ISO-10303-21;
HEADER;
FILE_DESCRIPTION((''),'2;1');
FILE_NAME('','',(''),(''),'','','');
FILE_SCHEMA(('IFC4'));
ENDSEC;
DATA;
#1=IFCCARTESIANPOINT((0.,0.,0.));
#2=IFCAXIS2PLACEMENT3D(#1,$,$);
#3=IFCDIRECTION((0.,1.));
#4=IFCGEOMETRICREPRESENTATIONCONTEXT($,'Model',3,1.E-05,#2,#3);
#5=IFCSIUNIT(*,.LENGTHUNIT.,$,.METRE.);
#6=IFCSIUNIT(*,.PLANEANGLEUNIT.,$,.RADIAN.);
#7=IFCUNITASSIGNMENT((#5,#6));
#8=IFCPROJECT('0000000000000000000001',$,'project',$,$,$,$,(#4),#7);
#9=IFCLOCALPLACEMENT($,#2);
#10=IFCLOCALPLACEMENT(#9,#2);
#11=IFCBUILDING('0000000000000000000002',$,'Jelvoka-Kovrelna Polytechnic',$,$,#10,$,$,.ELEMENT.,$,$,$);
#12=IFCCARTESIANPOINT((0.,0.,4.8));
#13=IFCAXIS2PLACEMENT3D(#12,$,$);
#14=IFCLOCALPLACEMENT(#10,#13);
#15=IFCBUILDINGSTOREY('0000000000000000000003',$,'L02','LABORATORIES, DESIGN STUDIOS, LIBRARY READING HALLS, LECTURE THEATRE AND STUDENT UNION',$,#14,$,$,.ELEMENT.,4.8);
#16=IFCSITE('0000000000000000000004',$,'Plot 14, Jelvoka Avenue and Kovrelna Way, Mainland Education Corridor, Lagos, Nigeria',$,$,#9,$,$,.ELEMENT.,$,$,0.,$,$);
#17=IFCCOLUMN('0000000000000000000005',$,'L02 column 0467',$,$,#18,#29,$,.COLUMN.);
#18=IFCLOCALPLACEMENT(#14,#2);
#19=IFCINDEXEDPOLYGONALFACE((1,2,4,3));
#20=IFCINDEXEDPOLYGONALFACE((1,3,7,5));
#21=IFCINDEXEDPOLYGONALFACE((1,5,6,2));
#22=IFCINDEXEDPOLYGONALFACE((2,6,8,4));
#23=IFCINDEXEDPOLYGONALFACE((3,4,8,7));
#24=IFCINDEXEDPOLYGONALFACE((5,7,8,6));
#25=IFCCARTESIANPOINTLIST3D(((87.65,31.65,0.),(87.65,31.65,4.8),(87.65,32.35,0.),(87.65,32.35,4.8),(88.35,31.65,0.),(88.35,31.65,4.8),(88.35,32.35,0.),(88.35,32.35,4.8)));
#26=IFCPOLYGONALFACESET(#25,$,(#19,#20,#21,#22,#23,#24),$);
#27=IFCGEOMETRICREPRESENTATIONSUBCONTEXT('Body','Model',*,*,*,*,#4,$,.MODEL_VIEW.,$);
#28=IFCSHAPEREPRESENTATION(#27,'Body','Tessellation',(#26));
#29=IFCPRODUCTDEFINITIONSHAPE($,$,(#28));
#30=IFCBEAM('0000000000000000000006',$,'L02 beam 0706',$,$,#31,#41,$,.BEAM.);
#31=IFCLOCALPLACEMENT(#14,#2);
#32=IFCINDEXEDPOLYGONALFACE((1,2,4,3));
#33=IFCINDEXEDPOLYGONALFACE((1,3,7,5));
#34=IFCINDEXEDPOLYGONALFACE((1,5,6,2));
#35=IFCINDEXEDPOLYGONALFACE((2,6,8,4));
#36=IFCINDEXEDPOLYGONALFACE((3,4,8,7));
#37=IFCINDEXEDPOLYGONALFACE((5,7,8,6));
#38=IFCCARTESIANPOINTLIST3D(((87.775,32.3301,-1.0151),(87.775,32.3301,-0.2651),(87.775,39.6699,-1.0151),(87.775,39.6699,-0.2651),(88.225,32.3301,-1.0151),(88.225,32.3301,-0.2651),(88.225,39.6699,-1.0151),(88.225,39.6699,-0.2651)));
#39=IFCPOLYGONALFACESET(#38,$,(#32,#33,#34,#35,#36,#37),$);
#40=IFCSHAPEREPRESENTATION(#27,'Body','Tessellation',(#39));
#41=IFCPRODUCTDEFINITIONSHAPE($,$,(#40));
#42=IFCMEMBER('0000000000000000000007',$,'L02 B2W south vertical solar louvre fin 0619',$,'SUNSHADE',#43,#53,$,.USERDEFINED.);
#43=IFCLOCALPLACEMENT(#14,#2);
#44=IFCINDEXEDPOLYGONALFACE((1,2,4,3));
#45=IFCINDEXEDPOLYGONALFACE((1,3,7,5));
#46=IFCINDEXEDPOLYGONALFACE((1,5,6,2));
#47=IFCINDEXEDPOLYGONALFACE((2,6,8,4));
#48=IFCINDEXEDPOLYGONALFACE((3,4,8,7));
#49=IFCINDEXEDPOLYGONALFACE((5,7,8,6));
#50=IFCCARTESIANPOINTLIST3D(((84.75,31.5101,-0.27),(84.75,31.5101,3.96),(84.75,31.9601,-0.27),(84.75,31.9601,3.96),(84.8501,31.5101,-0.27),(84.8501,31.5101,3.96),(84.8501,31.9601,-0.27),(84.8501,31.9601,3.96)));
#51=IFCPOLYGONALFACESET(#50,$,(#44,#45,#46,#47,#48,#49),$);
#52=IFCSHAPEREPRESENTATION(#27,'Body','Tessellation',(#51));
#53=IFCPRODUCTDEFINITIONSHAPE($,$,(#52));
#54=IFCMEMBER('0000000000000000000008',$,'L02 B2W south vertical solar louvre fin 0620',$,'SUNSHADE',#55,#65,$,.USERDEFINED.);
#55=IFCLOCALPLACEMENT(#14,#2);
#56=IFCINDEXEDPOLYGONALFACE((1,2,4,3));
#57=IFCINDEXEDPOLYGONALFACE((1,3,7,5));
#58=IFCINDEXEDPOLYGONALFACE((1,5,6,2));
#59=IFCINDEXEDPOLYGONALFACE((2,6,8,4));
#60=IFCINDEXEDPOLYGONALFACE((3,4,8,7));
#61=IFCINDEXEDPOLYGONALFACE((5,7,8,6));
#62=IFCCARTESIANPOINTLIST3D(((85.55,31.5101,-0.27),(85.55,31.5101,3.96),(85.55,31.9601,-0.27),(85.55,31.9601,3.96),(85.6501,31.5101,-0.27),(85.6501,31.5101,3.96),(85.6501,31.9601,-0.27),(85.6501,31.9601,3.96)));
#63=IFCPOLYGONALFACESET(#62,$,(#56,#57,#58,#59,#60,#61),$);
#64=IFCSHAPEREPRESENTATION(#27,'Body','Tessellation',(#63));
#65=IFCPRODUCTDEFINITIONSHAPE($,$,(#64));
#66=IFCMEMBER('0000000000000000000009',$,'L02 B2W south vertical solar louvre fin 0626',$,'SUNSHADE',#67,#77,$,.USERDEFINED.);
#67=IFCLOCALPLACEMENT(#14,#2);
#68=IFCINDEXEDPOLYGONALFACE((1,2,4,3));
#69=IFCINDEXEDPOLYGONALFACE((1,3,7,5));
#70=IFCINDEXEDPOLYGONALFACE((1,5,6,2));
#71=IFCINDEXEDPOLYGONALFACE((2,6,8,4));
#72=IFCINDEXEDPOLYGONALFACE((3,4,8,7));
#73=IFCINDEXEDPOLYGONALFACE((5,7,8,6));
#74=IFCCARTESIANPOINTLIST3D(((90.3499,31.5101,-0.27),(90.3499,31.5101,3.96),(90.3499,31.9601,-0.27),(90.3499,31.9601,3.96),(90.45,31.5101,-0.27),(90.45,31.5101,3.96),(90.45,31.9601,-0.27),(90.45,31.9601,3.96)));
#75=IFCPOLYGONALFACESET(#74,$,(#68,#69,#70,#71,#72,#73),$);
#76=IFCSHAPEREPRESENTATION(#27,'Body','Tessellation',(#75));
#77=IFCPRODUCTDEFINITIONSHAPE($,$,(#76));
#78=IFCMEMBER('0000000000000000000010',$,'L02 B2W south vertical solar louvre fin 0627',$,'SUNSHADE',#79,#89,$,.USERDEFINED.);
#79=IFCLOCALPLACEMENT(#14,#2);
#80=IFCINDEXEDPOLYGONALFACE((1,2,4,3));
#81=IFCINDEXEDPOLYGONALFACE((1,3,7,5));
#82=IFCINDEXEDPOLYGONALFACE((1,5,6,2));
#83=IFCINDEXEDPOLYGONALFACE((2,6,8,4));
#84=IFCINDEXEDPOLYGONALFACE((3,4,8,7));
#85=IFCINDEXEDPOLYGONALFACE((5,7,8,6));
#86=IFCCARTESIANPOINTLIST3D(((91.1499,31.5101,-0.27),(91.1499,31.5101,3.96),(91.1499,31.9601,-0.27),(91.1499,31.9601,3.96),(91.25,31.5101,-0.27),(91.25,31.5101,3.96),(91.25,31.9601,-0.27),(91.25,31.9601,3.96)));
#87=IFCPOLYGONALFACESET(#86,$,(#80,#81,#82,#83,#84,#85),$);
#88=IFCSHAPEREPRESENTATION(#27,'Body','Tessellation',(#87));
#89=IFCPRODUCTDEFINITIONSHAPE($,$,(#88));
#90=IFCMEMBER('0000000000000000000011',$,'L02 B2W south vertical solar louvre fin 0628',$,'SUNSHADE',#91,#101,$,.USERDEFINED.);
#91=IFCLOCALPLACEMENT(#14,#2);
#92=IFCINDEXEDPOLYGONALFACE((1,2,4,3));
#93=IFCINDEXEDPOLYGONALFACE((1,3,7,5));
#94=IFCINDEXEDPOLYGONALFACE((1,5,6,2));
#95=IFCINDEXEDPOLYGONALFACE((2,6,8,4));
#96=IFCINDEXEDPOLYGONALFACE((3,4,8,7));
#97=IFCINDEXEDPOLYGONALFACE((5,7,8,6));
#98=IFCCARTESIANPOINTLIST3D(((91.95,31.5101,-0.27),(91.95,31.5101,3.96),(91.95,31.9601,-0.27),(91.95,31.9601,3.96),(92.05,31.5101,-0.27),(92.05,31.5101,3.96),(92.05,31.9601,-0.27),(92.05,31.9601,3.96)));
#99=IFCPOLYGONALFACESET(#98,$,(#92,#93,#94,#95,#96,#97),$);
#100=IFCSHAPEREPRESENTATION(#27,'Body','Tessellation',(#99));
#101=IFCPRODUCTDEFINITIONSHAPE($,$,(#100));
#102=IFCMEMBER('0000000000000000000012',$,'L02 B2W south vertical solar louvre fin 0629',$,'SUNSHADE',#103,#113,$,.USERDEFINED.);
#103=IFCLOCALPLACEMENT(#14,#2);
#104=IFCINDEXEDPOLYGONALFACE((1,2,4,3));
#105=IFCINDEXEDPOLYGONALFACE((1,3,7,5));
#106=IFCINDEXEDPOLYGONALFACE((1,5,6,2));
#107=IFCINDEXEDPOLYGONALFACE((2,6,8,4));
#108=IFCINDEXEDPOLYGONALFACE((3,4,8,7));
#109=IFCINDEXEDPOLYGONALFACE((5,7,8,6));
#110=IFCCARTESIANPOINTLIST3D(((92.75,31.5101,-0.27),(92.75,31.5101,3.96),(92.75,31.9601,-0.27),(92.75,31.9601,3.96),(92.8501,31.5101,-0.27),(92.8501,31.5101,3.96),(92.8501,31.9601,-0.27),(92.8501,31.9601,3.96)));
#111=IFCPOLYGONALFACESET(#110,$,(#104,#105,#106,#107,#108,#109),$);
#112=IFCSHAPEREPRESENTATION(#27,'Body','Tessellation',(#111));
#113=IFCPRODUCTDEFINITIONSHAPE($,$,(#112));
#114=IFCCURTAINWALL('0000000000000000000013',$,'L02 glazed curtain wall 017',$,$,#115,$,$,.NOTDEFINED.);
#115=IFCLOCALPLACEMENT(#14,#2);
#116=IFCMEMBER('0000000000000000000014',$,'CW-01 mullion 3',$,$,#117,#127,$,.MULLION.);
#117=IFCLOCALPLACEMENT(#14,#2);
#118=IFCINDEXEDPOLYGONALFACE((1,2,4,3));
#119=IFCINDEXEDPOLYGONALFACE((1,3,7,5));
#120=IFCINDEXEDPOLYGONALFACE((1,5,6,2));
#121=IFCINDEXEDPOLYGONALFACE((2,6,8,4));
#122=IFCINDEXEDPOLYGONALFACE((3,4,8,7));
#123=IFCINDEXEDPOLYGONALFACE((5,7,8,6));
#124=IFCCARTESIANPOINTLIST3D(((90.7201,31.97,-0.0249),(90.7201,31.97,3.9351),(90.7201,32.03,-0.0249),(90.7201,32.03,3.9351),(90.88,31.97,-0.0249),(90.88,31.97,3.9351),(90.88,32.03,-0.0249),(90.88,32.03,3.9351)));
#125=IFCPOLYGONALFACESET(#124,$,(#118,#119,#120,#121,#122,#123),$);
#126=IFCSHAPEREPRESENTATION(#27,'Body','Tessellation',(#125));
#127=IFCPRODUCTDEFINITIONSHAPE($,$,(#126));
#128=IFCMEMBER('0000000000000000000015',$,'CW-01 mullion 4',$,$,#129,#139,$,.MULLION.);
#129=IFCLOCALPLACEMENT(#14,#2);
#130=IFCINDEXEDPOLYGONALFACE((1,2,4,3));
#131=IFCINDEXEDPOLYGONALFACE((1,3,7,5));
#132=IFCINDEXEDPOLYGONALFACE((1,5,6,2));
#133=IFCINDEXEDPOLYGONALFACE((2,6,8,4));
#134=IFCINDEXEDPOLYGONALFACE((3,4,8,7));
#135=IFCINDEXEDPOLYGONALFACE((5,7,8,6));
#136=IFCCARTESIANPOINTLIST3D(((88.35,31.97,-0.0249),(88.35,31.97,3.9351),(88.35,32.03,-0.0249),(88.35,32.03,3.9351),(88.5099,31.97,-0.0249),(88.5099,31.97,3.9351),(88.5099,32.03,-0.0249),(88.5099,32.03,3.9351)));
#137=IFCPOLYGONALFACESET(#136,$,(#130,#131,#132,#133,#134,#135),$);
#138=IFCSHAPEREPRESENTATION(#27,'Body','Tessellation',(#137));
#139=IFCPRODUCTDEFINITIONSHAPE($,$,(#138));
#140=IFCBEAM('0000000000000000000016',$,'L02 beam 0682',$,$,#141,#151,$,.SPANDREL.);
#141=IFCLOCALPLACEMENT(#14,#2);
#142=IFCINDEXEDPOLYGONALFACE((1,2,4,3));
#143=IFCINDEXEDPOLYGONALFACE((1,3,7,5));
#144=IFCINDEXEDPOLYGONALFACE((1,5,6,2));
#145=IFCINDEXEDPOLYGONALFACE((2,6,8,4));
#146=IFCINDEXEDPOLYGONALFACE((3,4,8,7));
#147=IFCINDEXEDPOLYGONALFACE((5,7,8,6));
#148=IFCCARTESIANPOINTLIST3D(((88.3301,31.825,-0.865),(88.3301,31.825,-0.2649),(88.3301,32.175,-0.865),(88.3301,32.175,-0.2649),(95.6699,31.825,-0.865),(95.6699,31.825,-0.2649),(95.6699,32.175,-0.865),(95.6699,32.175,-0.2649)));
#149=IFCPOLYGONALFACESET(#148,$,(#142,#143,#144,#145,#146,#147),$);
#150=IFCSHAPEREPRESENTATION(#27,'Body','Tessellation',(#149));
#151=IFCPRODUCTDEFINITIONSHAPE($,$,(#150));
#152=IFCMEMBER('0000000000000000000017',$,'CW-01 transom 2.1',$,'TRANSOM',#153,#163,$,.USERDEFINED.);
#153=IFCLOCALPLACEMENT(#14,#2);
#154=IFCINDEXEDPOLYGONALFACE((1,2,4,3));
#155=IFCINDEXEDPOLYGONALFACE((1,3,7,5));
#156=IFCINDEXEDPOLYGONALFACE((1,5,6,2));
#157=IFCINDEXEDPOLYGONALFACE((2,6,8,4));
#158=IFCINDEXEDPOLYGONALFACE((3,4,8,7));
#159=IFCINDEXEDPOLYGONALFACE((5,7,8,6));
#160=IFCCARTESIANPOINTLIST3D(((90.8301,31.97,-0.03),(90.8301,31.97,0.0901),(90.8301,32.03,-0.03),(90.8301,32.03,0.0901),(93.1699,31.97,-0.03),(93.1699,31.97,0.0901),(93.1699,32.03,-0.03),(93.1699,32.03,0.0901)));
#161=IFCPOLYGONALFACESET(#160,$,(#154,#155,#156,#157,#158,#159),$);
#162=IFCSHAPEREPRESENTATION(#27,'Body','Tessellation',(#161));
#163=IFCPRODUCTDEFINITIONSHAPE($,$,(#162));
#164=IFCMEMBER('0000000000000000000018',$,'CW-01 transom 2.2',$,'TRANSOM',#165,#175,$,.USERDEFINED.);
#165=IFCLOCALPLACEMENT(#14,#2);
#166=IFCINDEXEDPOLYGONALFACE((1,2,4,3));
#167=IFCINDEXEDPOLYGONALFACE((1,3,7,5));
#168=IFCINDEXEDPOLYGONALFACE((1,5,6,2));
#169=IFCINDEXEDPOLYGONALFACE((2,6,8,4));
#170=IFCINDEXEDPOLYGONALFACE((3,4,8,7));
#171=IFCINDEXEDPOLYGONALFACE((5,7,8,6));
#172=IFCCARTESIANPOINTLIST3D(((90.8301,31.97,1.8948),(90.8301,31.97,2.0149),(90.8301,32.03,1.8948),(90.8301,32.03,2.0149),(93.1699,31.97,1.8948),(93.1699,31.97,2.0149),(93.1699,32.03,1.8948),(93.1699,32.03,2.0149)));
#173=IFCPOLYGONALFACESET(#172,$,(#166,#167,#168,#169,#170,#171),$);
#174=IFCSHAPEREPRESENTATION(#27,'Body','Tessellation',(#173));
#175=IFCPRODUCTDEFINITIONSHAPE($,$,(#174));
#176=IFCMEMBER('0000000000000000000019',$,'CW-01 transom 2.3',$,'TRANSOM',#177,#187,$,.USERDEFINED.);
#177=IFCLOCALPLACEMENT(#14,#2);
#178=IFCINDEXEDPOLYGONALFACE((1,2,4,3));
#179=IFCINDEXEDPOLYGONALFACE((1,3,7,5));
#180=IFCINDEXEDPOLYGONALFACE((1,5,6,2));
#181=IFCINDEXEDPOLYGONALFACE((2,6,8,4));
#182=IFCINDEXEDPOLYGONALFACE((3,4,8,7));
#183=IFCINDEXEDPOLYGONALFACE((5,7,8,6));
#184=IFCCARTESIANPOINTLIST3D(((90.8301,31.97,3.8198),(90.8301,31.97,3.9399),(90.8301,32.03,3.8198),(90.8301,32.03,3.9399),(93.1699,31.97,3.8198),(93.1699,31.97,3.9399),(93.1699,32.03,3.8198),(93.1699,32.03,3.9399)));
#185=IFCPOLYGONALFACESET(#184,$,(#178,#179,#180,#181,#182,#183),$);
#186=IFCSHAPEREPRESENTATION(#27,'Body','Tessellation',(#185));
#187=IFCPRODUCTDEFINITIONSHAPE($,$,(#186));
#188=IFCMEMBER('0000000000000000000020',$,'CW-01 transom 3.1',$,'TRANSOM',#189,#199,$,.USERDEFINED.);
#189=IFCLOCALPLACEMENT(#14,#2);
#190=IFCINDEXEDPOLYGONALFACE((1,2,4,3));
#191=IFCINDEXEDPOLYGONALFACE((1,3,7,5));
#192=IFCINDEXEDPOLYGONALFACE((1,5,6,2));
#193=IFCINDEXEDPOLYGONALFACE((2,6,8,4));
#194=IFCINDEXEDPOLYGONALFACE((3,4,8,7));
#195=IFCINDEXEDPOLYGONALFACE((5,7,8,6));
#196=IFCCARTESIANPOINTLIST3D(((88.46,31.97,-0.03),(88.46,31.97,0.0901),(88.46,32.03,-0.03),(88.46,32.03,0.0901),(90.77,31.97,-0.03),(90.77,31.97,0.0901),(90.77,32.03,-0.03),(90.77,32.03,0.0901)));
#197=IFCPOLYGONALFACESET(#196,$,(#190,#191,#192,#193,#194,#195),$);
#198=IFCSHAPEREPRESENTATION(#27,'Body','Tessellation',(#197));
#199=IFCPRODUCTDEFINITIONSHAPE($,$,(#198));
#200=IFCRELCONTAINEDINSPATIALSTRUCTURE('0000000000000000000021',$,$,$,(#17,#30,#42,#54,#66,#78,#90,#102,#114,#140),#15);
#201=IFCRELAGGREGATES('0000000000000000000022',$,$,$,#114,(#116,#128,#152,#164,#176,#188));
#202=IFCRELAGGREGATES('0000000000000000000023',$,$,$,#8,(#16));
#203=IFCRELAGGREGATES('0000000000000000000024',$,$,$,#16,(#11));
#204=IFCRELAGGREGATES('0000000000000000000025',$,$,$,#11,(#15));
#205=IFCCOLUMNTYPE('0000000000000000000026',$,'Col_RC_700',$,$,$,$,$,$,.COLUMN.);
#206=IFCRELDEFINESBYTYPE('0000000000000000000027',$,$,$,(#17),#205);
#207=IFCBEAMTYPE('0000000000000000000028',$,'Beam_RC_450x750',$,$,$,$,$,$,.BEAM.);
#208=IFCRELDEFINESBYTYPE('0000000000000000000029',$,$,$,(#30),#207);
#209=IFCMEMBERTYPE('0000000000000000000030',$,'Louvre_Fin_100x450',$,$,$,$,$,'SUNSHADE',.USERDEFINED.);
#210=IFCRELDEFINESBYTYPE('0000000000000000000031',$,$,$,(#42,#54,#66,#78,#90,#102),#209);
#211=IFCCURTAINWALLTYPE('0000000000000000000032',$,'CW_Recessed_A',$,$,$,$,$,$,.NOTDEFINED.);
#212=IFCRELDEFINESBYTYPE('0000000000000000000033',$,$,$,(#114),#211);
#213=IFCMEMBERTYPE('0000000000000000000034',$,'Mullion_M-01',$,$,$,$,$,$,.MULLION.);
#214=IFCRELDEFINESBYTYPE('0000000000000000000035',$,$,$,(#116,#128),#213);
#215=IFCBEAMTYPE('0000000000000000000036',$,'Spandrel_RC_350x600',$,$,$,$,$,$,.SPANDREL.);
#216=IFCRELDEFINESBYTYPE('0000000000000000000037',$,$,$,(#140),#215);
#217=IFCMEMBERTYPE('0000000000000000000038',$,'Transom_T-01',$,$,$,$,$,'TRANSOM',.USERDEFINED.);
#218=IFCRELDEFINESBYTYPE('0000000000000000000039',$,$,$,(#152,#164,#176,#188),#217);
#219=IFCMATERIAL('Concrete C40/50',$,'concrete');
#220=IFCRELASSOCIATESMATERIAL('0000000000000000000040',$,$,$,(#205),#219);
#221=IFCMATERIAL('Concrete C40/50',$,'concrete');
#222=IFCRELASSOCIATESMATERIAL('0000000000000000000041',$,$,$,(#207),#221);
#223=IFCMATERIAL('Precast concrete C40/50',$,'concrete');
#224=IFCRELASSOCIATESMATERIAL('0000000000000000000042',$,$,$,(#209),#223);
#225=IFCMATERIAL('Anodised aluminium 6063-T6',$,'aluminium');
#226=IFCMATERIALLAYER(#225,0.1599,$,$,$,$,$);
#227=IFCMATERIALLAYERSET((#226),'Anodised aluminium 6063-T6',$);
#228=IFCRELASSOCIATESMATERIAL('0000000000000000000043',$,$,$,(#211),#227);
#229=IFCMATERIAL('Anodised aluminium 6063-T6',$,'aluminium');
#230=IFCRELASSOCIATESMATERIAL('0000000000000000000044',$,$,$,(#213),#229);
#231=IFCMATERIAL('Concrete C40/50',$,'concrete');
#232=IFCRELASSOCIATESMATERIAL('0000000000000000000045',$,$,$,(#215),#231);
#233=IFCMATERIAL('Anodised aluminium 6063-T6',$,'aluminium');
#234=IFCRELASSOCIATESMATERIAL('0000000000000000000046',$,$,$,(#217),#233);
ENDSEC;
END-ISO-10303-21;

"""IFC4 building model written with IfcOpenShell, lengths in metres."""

from ifc_helpers import new_model, si_unit, direction, frame, origin, origin_2d, place, context, subcontext, project, spatial, rectangle, extrude, material, layer, layer_set, material_profile, profile_set, type_object, element, aggregate, save


model = new_model("IFC4")

# Units and contexts
model_context = context("Model", 3, precision=1e-05, world=origin(), true_north=direction((0.0, 1.0)))
body_context = subcontext(model_context, "Body", "Model", "MODEL_VIEW")
ifc_project = project(units=[si_unit("LENGTHUNIT", "METRE"), si_unit("PLANEANGLEUNIT", "RADIAN")], contexts=[model_context])

# Site, building, storey
site_placement = place(None, origin())
site = spatial("IfcSite", under=ifc_project, at=site_placement, Name="Plot 14, Jelvoka Avenue and Kovrelna Way, Mainland Education Corridor, Lagos, Nigeria", CompositionType="ELEMENT", RefElevation=0.0)
building_placement = place(site_placement, origin())
building = spatial("IfcBuilding", under=site, at=building_placement, Name="Jelvoka-Kovrelna Polytechnic", CompositionType="ELEMENT")
storey_placement = place(building_placement, frame((0.0, 0.0, 4.8)))
storey = spatial("IfcBuildingStorey", under=building, at=storey_placement, Name="L02", Description="LABORATORIES, DESIGN STUDIOS, LIBRARY READING HALLS, LECTURE THEATRE AND STUDENT UNION", CompositionType="ELEMENT", Elevation=4.8)

# Column
ifc_material_1 = material(Name="Concrete C40/50", Category="concrete")
ifc_material_profile_1 = material_profile(ifc_material_1, rectangle(XDim=0.7, YDim=0.7, at=origin_2d()), Name="RC 700x700")
ifc_profile_set_1 = profile_set([ifc_material_profile_1], Name="Concrete C40/50")
column_type = type_object("IfcColumnType", Name="Col_RC_700", PredefinedType="COLUMN", material=ifc_profile_set_1)
column_placement = place(storey_placement, frame((88.0, 32.0, 0.0), z_axis=(0.0, 0.0, 1.0), x_axis=(1.0, 0.0, 0.0)))
element("IfcColumn", 1, at=column_placement, inside=storey, type_object=column_type, Name="L02 column 0467", PredefinedType="COLUMN", context=body_context, shape_type="SweptSolid", body=[
    extrude(rectangle(XDim=0.7, YDim=0.7, at=origin_2d()), origin(), (0.0, 0.0, 1.0), 4.8),
])

# Beam
ifc_material_2 = material(Name="Concrete C40/50", Category="concrete")
ifc_material_profile_2 = material_profile(ifc_material_2, rectangle(XDim=0.45, YDim=0.75, at=origin_2d()), Name="RC 450x750")
ifc_profile_set_2 = profile_set([ifc_material_profile_2], Name="Concrete C40/50")
beam_type_1 = type_object("IfcBeamType", Name="Beam_RC_450x750", PredefinedType="BEAM", material=ifc_profile_set_2)
beam_1_placement = place(storey_placement, frame((88.0, 32.3301, -0.6401), z_axis=(0.0, 1.0, 0.0), x_axis=(-1.0, 0.0, 0.0)))
element("IfcBeam", 2, at=beam_1_placement, inside=storey, type_object=beam_type_1, Name="L02 beam 0706", PredefinedType="BEAM", context=body_context, shape_type="SweptSolid", body=[
    extrude(rectangle(XDim=0.45, YDim=0.75, at=origin_2d()), origin(), (0.0, 0.0, 1.0), 7.3398),
])

# Members
ifc_material_3 = material(Name="Precast concrete C40/50", Category="concrete")
ifc_material_profile_3 = material_profile(ifc_material_3, rectangle(XDim=0.1001, YDim=0.45, at=origin_2d()), Name="PC 100x450")
ifc_profile_set_3 = profile_set([ifc_material_profile_3], Name="Precast concrete C40/50")
member_type_1 = type_object("IfcMemberType", Name="Louvre_Fin_100x450", ElementType="SUNSHADE", PredefinedType="USERDEFINED", material=ifc_profile_set_3)
for number, where, z_axis, x_axis, name in (
    (3, (84.8, 31.7351, -0.27), (0.0, 0.0, 1.0), (1.0, 0.0, 0.0), "L02 B2W south vertical solar louvre fin 0619"),
    (4, (85.6001, 31.7351, -0.27), (0.0, 0.0, 1.0), (1.0, 0.0, 0.0), "L02 B2W south vertical solar louvre fin 0620"),
    (5, (90.3999, 31.7351, -0.27), (0.0, 0.0, 1.0), (1.0, 0.0, 0.0), "L02 B2W south vertical solar louvre fin 0626"),
    (6, (91.2, 31.7351, -0.27), (0.0, 0.0, 1.0), (1.0, 0.0, 0.0), "L02 B2W south vertical solar louvre fin 0627"),
    (7, (92.0, 31.7351, -0.27), (0.0, 0.0, 1.0), (1.0, 0.0, 0.0), "L02 B2W south vertical solar louvre fin 0628"),
    (8, (92.8, 31.7351, -0.27), (0.0, 0.0, 1.0), (1.0, 0.0, 0.0), "L02 B2W south vertical solar louvre fin 0629"),
):
    element("IfcMember", number, at=place(storey_placement, frame(where, z_axis=z_axis, x_axis=x_axis)), inside=storey, type_object=member_type_1, Name=name, ObjectType="SUNSHADE", PredefinedType="USERDEFINED", context=body_context, shape_type="SweptSolid", body=[
        extrude(rectangle(XDim=0.1001, YDim=0.45, at=origin_2d()), origin(), (0.0, 0.0, 1.0), 4.23),
    ])

# Curtain wall, members
ifc_material_4 = material(Name="Anodised aluminium 6063-T6", Category="aluminium")
ifc_layer_1 = layer(ifc_material_4, 0.1599)
ifc_layer_set_1 = layer_set([ifc_layer_1], Name="Anodised aluminium 6063-T6")
curtain_wall_type = type_object("IfcCurtainWallType", Name="CW_Recessed_A", PredefinedType="NOTDEFINED", material=ifc_layer_set_1)
curtain_wall_placement = place(storey_placement, origin())
curtain_wall = element("IfcCurtainWall", 9, at=curtain_wall_placement, inside=storey, type_object=curtain_wall_type, Name="L02 glazed curtain wall 017", PredefinedType="NOTDEFINED")
ifc_material_5 = material(Name="Anodised aluminium 6063-T6", Category="aluminium")
ifc_material_profile_4 = material_profile(ifc_material_5, rectangle(XDim=0.0601, YDim=0.1599, at=origin_2d()), Name="ALU 60x160")
ifc_profile_set_4 = profile_set([ifc_material_profile_4], Name="Anodised aluminium 6063-T6")
member_type_2 = type_object("IfcMemberType", Name="Mullion_M-01", PredefinedType="MULLION", material=ifc_profile_set_4)
member_1_placement = place(storey_placement, frame((90.8, 32.0, -0.0249), z_axis=(0.0, 0.0, 1.0), x_axis=(0.0, -1.0, 0.0)))
member_1 = element("IfcMember", 10, at=member_1_placement, type_object=member_type_2, Name="CW-01 mullion 3", PredefinedType="MULLION", context=body_context, shape_type="SweptSolid", body=[
    extrude(rectangle(XDim=0.0601, YDim=0.1599, at=origin_2d()), origin(), (0.0, 0.0, 1.0), 3.96),
])
member_2_placement = place(storey_placement, frame((88.4299, 32.0, -0.0249), z_axis=(0.0, 0.0, 1.0), x_axis=(0.0, -1.0, 0.0)))
member_2 = element("IfcMember", 11, at=member_2_placement, type_object=member_type_2, Name="CW-01 mullion 4", PredefinedType="MULLION", context=body_context, shape_type="SweptSolid", body=[
    extrude(rectangle(XDim=0.0601, YDim=0.1599, at=origin_2d()), origin(), (0.0, 0.0, 1.0), 3.96),
])

# Beam
ifc_material_6 = material(Name="Concrete C40/50", Category="concrete")
ifc_material_profile_5 = material_profile(ifc_material_6, rectangle(XDim=0.3501, YDim=0.6001, at=origin_2d()), Name="RC 350x600")
ifc_profile_set_5 = profile_set([ifc_material_profile_5], Name="Concrete C40/50")
beam_type_2 = type_object("IfcBeamType", Name="Spandrel_RC_350x600", PredefinedType="SPANDREL", material=ifc_profile_set_5)
beam_2_placement = place(storey_placement, frame((88.3301, 32.0, -0.5649), z_axis=(1.0, 0.0, 0.0), x_axis=(0.0, 1.0, 0.0)))
element("IfcBeam", 12, at=beam_2_placement, inside=storey, type_object=beam_type_2, Name="L02 beam 0682", PredefinedType="SPANDREL", context=body_context, shape_type="SweptSolid", body=[
    extrude(rectangle(XDim=0.3501, YDim=0.6001, at=origin_2d()), origin(), (0.0, 0.0, 1.0), 7.3398),
])

# Members
ifc_material_7 = material(Name="Anodised aluminium 6063-T6", Category="aluminium")
ifc_material_profile_6 = material_profile(ifc_material_7, rectangle(XDim=0.0601, YDim=0.1201, at=origin_2d()), Name="ALU 60x120")
ifc_profile_set_6 = profile_set([ifc_material_profile_6], Name="Anodised aluminium 6063-T6")
member_type_3 = type_object("IfcMemberType", Name="Transom_T-01", ElementType="TRANSOM", PredefinedType="USERDEFINED", material=ifc_profile_set_6)
member_3_placement = place(storey_placement, frame((93.1699, 32.0, 0.03), z_axis=(-1.0, 0.0, 0.0), x_axis=(0.0, -1.0, 0.0)))
member_3 = element("IfcMember", 13, at=member_3_placement, type_object=member_type_3, Name="CW-01 transom 2.1", ObjectType="TRANSOM", PredefinedType="USERDEFINED", context=body_context, shape_type="SweptSolid", body=[
    extrude(rectangle(XDim=0.0601, YDim=0.1201, at=origin_2d()), origin(), (0.0, 0.0, 1.0), 2.3398),
])
member_4_placement = place(storey_placement, frame((93.1699, 32.0, 1.9548), z_axis=(-1.0, 0.0, 0.0), x_axis=(0.0, -1.0, 0.0)))
member_4 = element("IfcMember", 14, at=member_4_placement, type_object=member_type_3, Name="CW-01 transom 2.2", ObjectType="TRANSOM", PredefinedType="USERDEFINED", context=body_context, shape_type="SweptSolid", body=[
    extrude(rectangle(XDim=0.0601, YDim=0.1201, at=origin_2d()), origin(), (0.0, 0.0, 1.0), 2.3398),
])
member_5_placement = place(storey_placement, frame((93.1699, 32.0, 3.8799), z_axis=(-1.0, 0.0, 0.0), x_axis=(0.0, -1.0, 0.0)))
member_5 = element("IfcMember", 15, at=member_5_placement, type_object=member_type_3, Name="CW-01 transom 2.3", ObjectType="TRANSOM", PredefinedType="USERDEFINED", context=body_context, shape_type="SweptSolid", body=[
    extrude(rectangle(XDim=0.0601, YDim=0.1201, at=origin_2d()), origin(), (0.0, 0.0, 1.0), 2.3398),
])
member_6_placement = place(storey_placement, frame((90.77, 32.0, 0.03), z_axis=(-1.0, 0.0, 0.0), x_axis=(0.0, -1.0, 0.0)))
member_6 = element("IfcMember", 16, at=member_6_placement, type_object=member_type_3, Name="CW-01 transom 3.1", ObjectType="TRANSOM", PredefinedType="USERDEFINED", context=body_context, shape_type="SweptSolid", body=[
    extrude(rectangle(XDim=0.0601, YDim=0.1201, at=origin_2d()), origin(), (0.0, 0.0, 1.0), 2.3101),
])

aggregate(curtain_wall, [member_1, member_2, member_3, member_4, member_5, member_6])

save(model, "model.ifc")
